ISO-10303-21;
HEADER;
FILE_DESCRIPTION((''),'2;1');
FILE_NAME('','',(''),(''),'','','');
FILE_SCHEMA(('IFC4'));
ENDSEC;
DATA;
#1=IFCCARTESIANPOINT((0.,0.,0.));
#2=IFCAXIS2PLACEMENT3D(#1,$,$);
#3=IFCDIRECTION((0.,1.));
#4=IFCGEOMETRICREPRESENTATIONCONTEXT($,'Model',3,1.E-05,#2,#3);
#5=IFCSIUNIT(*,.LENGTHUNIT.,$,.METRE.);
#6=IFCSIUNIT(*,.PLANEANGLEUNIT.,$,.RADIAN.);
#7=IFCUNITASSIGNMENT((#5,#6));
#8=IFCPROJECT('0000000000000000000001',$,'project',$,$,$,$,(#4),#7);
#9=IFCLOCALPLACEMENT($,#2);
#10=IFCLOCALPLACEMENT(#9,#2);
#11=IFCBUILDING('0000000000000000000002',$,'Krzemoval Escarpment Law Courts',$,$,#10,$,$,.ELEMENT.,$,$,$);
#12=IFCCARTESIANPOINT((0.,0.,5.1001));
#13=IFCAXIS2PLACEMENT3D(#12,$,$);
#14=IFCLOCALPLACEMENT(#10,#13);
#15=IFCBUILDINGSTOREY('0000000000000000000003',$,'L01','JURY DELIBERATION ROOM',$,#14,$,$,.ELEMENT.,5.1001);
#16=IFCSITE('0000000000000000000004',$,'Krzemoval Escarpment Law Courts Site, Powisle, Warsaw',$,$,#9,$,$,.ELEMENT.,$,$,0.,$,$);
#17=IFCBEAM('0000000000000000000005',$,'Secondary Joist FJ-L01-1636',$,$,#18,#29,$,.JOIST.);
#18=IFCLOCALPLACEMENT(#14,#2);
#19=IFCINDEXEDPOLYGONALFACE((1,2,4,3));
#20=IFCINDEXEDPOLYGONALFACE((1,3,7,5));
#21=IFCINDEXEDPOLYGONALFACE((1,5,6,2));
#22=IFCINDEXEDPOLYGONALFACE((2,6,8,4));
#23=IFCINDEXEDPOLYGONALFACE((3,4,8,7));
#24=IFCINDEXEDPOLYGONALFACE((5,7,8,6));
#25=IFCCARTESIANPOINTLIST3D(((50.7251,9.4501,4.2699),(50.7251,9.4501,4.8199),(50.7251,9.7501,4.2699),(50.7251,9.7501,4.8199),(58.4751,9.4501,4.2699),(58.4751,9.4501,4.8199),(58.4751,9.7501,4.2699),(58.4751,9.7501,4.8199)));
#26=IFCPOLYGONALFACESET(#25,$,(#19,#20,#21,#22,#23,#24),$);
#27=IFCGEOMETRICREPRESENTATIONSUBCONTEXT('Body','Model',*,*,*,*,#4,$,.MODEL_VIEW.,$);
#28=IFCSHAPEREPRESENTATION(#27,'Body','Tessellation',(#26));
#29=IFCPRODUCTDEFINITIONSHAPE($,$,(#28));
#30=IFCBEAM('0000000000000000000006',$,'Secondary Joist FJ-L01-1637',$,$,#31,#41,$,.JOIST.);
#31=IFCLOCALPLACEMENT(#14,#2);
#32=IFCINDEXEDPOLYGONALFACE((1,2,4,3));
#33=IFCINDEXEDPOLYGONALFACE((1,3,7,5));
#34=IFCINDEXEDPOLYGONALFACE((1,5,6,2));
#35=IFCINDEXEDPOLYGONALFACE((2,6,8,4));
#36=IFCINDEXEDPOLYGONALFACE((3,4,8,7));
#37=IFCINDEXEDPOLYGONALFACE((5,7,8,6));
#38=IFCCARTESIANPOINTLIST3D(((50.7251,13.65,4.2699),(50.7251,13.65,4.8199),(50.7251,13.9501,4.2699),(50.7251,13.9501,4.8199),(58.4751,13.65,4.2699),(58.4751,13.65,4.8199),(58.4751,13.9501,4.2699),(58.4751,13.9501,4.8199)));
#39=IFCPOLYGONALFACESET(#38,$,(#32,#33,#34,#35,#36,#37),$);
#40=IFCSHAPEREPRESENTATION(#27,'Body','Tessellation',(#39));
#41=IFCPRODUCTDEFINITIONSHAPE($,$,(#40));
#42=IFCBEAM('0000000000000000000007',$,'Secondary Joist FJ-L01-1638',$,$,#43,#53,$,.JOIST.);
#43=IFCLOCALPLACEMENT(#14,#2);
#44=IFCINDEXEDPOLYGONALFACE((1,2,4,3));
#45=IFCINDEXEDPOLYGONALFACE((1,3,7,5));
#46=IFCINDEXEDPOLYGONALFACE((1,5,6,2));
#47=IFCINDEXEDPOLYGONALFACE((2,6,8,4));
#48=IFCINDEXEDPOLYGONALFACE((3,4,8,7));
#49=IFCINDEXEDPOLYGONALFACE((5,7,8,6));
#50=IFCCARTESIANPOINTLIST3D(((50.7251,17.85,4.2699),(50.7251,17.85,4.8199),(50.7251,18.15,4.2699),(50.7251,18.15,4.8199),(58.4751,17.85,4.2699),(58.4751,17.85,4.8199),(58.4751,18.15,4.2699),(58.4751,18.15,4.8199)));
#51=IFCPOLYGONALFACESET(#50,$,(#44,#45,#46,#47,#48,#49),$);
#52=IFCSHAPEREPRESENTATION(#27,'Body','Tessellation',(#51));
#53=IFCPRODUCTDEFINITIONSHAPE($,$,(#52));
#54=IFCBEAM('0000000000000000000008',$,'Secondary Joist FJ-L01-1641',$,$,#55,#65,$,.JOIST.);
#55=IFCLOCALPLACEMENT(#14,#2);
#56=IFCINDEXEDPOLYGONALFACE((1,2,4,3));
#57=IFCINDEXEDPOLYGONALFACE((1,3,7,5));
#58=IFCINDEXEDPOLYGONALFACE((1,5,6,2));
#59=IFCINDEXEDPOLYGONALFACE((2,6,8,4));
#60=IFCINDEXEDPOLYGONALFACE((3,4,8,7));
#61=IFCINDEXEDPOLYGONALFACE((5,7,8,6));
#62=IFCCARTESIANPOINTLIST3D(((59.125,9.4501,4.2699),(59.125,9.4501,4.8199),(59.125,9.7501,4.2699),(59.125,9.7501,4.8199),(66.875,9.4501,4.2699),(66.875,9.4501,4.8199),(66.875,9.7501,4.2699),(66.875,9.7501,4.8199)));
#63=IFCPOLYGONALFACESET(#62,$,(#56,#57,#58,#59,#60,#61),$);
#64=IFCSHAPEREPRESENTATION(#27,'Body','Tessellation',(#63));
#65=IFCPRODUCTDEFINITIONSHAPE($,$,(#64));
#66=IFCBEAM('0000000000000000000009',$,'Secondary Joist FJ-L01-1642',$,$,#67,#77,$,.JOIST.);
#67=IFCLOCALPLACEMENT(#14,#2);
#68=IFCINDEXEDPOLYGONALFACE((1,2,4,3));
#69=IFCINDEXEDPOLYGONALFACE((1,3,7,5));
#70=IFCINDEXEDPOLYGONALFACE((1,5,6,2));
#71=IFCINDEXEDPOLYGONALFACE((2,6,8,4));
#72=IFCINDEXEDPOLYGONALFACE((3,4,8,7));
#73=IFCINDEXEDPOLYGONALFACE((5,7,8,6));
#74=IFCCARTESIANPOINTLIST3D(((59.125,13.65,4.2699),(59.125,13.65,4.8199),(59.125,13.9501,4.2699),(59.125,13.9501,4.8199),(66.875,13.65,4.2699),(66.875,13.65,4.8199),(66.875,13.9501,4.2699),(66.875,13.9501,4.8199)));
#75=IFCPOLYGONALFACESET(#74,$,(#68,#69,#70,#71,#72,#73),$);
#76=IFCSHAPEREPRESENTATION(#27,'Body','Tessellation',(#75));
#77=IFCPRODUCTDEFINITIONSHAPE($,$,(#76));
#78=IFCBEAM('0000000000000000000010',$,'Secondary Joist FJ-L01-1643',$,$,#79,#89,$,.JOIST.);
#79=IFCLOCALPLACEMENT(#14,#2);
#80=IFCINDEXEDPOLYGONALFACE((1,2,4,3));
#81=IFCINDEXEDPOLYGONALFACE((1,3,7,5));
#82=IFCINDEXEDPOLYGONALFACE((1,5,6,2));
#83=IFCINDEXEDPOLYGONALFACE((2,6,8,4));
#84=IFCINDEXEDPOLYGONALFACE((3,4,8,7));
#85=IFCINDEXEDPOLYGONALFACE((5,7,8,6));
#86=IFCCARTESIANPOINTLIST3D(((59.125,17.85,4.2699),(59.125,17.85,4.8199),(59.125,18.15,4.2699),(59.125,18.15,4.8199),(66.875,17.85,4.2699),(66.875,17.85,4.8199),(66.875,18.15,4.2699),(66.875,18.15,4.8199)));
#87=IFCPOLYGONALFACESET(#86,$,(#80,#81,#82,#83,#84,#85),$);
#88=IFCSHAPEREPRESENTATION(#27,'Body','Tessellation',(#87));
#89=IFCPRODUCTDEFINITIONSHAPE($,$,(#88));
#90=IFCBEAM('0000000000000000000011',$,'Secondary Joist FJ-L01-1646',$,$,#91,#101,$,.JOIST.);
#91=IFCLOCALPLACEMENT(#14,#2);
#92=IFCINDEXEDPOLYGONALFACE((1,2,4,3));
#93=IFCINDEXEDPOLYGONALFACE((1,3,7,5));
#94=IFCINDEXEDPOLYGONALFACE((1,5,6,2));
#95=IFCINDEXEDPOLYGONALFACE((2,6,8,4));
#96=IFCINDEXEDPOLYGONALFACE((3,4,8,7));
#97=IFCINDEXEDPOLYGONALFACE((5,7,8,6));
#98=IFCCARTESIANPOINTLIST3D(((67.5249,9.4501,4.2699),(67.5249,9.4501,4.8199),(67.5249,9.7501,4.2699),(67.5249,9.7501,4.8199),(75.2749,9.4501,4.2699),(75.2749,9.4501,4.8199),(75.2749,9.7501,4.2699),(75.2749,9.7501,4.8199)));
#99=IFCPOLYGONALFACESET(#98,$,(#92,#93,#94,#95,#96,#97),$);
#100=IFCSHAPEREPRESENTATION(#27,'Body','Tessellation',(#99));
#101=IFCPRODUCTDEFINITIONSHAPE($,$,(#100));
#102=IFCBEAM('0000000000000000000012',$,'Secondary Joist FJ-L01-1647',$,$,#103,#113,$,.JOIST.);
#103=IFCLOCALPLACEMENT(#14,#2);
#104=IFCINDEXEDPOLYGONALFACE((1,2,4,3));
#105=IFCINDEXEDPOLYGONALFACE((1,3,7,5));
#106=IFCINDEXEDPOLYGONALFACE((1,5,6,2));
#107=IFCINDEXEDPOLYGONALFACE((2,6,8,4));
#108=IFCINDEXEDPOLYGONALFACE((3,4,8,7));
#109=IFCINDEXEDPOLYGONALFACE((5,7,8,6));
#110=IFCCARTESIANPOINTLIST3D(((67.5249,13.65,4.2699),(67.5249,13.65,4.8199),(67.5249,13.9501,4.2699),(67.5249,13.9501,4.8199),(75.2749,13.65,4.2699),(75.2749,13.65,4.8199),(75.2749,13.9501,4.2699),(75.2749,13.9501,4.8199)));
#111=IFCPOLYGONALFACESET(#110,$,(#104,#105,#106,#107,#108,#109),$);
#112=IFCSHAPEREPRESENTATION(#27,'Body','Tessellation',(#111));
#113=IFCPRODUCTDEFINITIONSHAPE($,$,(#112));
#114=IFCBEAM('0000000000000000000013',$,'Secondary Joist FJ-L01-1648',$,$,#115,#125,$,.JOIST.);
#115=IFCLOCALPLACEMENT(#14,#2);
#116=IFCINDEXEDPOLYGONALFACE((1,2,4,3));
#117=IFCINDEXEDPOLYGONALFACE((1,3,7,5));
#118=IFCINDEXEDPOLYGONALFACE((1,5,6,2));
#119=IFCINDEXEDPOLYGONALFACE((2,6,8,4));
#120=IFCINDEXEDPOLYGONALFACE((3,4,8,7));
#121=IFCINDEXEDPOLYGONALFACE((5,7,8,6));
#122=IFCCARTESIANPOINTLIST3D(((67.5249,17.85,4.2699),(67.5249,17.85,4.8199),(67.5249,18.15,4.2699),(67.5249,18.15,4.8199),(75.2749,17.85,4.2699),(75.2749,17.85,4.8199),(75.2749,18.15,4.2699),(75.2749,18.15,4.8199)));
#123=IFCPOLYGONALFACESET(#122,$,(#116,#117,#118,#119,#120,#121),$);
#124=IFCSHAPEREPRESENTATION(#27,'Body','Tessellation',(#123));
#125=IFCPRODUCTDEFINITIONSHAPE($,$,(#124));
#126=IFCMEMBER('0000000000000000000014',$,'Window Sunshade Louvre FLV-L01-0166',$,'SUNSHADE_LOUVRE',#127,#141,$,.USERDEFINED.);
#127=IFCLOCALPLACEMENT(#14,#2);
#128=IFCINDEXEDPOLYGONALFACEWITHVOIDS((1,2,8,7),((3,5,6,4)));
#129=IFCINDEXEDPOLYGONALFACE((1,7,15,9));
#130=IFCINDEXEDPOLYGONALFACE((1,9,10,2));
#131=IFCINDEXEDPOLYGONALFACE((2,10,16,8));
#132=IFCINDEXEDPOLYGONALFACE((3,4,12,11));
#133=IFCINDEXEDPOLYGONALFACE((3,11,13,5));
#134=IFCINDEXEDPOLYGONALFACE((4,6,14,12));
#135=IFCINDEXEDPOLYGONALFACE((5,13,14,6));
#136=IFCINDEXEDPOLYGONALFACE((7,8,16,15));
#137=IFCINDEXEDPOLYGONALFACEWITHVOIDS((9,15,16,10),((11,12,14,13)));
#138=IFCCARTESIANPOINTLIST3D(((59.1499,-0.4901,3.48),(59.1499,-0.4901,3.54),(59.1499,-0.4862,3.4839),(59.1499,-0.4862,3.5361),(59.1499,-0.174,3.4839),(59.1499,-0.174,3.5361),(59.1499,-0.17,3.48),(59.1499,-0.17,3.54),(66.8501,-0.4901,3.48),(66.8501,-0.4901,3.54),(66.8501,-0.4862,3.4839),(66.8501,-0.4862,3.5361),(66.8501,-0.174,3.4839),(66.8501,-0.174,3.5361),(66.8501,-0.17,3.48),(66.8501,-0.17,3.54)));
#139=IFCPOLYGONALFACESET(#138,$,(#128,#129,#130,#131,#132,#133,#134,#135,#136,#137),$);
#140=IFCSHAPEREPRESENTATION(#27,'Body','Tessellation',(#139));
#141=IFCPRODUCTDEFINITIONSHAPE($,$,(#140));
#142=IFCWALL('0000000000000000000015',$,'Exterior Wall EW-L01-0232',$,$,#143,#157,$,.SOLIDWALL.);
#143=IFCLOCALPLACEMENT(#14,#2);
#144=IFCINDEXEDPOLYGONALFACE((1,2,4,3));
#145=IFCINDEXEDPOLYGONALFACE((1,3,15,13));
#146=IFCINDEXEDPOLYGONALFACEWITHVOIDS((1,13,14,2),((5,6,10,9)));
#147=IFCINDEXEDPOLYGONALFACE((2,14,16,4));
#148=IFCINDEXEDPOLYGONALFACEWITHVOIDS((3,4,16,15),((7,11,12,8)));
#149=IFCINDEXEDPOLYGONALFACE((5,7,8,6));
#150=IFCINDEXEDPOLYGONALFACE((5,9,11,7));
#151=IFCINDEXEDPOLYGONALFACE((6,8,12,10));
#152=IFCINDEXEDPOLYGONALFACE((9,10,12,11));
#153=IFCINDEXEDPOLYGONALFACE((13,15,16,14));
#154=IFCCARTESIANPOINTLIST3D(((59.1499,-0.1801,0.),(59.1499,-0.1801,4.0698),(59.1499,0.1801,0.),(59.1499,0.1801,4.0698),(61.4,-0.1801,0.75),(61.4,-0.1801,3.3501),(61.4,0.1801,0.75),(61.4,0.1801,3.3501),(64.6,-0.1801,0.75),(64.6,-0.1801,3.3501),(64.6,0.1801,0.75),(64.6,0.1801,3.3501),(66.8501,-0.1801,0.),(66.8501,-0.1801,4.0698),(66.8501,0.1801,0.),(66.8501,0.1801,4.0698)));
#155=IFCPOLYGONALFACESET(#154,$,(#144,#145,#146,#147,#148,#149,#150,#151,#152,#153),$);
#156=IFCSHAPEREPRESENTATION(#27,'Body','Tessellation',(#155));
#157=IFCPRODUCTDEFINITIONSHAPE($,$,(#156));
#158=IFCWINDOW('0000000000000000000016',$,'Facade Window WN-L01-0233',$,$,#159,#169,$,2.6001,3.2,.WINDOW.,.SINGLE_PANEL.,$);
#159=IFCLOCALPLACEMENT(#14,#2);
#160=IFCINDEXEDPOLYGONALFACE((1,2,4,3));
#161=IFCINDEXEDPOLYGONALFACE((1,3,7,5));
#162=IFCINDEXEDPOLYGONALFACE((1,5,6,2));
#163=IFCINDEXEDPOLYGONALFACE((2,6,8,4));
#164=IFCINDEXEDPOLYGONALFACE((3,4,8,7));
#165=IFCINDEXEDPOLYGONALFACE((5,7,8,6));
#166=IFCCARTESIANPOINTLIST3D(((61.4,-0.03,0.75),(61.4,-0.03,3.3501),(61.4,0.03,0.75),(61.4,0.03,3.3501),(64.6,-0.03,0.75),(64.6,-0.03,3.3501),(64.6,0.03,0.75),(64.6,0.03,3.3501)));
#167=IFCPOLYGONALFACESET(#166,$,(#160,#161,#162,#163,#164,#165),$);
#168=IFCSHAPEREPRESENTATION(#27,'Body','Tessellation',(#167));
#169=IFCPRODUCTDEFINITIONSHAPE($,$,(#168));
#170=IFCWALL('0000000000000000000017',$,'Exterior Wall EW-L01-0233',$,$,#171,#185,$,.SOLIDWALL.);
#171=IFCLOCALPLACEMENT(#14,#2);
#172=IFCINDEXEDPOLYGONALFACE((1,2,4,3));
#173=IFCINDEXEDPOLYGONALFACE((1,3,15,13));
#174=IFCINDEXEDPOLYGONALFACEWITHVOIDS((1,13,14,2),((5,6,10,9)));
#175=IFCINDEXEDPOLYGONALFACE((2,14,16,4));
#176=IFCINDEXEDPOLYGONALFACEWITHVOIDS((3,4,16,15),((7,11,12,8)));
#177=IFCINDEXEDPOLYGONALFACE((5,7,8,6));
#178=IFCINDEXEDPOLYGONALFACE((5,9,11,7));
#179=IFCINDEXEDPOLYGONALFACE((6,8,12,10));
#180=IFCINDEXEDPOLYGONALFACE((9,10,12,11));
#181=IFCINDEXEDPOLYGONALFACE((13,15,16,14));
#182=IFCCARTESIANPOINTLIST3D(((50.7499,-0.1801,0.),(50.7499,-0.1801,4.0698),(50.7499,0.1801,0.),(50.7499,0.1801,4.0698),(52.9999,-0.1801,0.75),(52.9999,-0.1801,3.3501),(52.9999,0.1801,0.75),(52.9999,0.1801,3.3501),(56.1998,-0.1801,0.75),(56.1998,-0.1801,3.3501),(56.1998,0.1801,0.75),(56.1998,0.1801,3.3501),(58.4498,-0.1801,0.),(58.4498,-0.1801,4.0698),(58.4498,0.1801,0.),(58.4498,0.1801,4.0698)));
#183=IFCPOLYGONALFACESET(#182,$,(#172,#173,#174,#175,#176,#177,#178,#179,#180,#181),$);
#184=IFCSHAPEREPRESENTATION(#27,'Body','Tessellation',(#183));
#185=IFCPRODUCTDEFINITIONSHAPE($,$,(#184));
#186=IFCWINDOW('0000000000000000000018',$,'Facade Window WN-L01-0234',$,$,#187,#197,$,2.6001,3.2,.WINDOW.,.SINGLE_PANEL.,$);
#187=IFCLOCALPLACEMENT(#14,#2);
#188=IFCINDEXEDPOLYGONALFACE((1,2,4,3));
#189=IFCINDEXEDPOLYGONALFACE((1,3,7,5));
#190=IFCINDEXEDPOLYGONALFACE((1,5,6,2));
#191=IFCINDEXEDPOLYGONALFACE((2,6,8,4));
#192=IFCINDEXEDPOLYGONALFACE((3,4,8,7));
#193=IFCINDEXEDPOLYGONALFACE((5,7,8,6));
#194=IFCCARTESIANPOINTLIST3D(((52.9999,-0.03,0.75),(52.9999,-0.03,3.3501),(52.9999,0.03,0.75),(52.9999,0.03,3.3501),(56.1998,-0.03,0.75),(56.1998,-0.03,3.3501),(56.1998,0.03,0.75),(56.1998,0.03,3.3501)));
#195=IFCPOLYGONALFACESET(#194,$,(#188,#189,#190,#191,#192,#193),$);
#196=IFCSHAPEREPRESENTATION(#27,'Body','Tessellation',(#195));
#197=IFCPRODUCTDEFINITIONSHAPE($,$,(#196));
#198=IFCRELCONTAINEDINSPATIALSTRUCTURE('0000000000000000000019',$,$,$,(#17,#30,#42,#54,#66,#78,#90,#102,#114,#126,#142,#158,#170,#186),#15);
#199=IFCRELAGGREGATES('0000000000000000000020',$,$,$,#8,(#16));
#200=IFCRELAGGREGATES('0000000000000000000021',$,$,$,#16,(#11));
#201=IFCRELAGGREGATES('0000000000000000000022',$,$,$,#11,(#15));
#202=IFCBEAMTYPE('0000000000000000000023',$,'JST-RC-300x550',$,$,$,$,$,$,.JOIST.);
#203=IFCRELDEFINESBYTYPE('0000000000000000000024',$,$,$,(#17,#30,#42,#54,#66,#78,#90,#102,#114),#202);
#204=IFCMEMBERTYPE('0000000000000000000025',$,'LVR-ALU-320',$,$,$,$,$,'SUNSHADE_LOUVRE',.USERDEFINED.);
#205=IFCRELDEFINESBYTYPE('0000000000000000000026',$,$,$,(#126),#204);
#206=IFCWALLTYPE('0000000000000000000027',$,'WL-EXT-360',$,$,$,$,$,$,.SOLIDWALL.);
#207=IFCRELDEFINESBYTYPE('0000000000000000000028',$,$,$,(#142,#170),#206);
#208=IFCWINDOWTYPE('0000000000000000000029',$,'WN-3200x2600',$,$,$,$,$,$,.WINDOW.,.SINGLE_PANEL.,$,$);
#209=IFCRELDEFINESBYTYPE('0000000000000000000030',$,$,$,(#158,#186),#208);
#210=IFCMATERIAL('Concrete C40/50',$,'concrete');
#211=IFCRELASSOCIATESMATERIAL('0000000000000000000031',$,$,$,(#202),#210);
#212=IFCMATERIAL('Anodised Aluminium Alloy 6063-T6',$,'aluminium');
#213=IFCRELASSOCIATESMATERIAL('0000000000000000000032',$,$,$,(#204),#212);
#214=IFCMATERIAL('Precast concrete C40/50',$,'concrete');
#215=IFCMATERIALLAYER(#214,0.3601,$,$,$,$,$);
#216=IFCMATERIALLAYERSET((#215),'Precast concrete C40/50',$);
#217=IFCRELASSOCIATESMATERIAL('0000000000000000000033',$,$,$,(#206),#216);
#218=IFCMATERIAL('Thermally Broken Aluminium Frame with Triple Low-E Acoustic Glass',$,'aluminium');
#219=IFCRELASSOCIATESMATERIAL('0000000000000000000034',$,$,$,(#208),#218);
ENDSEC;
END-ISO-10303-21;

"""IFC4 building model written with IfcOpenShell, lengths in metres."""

from ifc_helpers import new_model, si_unit, direction, frame, frame_2d, origin, origin_2d, place, context, subcontext, project, spatial, rectangle, hollow_rectangle, extrude, material, layer, layer_set, material_profile, profile_set, type_object, element, fill, save


model = new_model("IFC4")

# Units and contexts
model_context = context("Model", 3, precision=1e-05, world=origin(), true_north=direction((0.0, 1.0)))
body_context = subcontext(model_context, "Body", "Model", "MODEL_VIEW")
ifc_project = project(units=[si_unit("LENGTHUNIT", "METRE"), si_unit("PLANEANGLEUNIT", "RADIAN")], contexts=[model_context])

# Site, building, storey
site_placement = place(None, origin())
site = spatial("IfcSite", under=ifc_project, at=site_placement, Name="Krzemoval Escarpment Law Courts Site, Powisle, Warsaw", CompositionType="ELEMENT", RefElevation=0.0)
building_placement = place(site_placement, origin())
building = spatial("IfcBuilding", under=site, at=building_placement, Name="Krzemoval Escarpment Law Courts", CompositionType="ELEMENT")
storey_placement = place(building_placement, frame((0.0, 0.0, 5.1001)))
storey = spatial("IfcBuildingStorey", under=building, at=storey_placement, Name="L01", Description="JURY DELIBERATION ROOM", CompositionType="ELEMENT", Elevation=5.1001)

# Beams
ifc_material_1 = material(Name="Concrete C40/50", Category="concrete")
ifc_material_profile_1 = material_profile(ifc_material_1, rectangle(XDim=0.3, YDim=0.55, at=origin_2d()), Name="RCB 300x550")
ifc_profile_set_1 = profile_set([ifc_material_profile_1], Name="Concrete C40/50")
beam_type_1 = type_object("IfcBeamType", Name="JST-RC-300x550", PredefinedType="JOIST", material=ifc_profile_set_1)
for number, where, z_axis, x_axis, name in (
    (1, (50.7251, 9.6001, 4.5449), (1.0, 0.0, 0.0), (0.0, 1.0, 0.0), "Secondary Joist FJ-L01-1636"),
    (2, (50.7251, 13.8, 4.5449), (1.0, 0.0, 0.0), (0.0, 1.0, 0.0), "Secondary Joist FJ-L01-1637"),
    (3, (50.7251, 18.0, 4.5449), (1.0, 0.0, 0.0), (0.0, 1.0, 0.0), "Secondary Joist FJ-L01-1638"),
    (4, (59.125, 9.6001, 4.5449), (1.0, 0.0, 0.0), (0.0, 1.0, 0.0), "Secondary Joist FJ-L01-1641"),
    (5, (59.125, 13.8, 4.5449), (1.0, 0.0, 0.0), (0.0, 1.0, 0.0), "Secondary Joist FJ-L01-1642"),
    (6, (59.125, 18.0, 4.5449), (1.0, 0.0, 0.0), (0.0, 1.0, 0.0), "Secondary Joist FJ-L01-1643"),
    (7, (67.5249, 9.6001, 4.5449), (1.0, 0.0, 0.0), (0.0, 1.0, 0.0), "Secondary Joist FJ-L01-1646"),
    (8, (67.5249, 13.8, 4.5449), (1.0, 0.0, 0.0), (0.0, 1.0, 0.0), "Secondary Joist FJ-L01-1647"),
    (9, (67.5249, 18.0, 4.5449), (1.0, 0.0, 0.0), (0.0, 1.0, 0.0), "Secondary Joist FJ-L01-1648"),
):
    element("IfcBeam", number, at=place(storey_placement, frame(where, z_axis=z_axis, x_axis=x_axis)), inside=storey, type_object=beam_type_1, Name=name, PredefinedType="JOIST", context=body_context, shape_type="SweptSolid", body=[
        extrude(rectangle(XDim=0.3, YDim=0.55, at=origin_2d()), origin(), (0.0, 0.0, 1.0), 7.75),
    ])

# Member
ifc_material_2 = material(Name="Anodised Aluminium Alloy 6063-T6", Category="aluminium")
ifc_material_profile_2 = material_profile(ifc_material_2, hollow_rectangle(XDim=0.0601, YDim=0.3201, WallThickness=0.0039, at=origin_2d()), Name="ALU LVR 60x320")
ifc_profile_set_2 = profile_set([ifc_material_profile_2], Name="Anodised Aluminium Alloy 6063-T6")
member_type = type_object("IfcMemberType", Name="LVR-ALU-320", ElementType="SUNSHADE_LOUVRE", PredefinedType="USERDEFINED", material=ifc_profile_set_2)
member_placement = place(storey_placement, frame((66.8501, -0.3301, 3.51), z_axis=(-1.0, 0.0, 0.0), x_axis=(0.0, 0.0, 1.0)))
element("IfcMember", 10, at=member_placement, inside=storey, type_object=member_type, Name="Window Sunshade Louvre FLV-L01-0166", ObjectType="SUNSHADE_LOUVRE", PredefinedType="USERDEFINED", context=body_context, shape_type="SweptSolid", body=[
    extrude(hollow_rectangle(XDim=0.0601, YDim=0.3201, WallThickness=0.0039, at=origin_2d()), origin(), (0.0, 0.0, 1.0), 7.7002),
])

# Walls, openings, windows
ifc_material_3 = material(Name="Precast concrete C40/50", Category="concrete")
ifc_layer_1 = layer(ifc_material_3, 0.3601)
ifc_layer_set_1 = layer_set([ifc_layer_1], Name="Precast concrete C40/50")
wall_type_1 = type_object("IfcWallType", Name="WL-EXT-360", PredefinedType="SOLIDWALL", material=ifc_layer_set_1)
wall_1_placement = place(storey_placement, frame((66.8501, 0.0, 0.0), z_axis=(0.0, 0.0, 1.0), x_axis=(-1.0, 0.0, 0.0)))
wall_1 = element("IfcWall", 11, at=wall_1_placement, inside=storey, type_object=wall_type_1, Name="Exterior Wall EW-L01-0232", PredefinedType="SOLIDWALL", context=body_context, shape_type="SweptSolid", body=[
    extrude(rectangle(XDim=7.7002, YDim=0.3601, at=frame_2d((3.8501, 0.0))), origin(), (0.0, 0.0, 1.0), 4.0698),
])
opening_1_placement = place(wall_1_placement, frame((2.25, 0.0, 0.75)))
opening_1 = element("IfcOpeningElement", 12, at=opening_1_placement, cuts=wall_1, PredefinedType="OPENING", context=body_context, shape_type="SweptSolid", body=[
    extrude(rectangle(XDim=3.2, YDim=2.6001, at=frame_2d((1.6001, 1.3))), frame((0.0, 0.1951, 0.0), z_axis=(0.0, -1.0, 0.0), x_axis=(1.0, 0.0, 0.0)), (0.0, 0.0, 1.0), 0.3901),
])
ifc_material_4 = material(Name="Thermally Broken Aluminium Frame with Triple Low-E Acoustic Glass", Category="aluminium")
window_type = type_object("IfcWindowType", Name="WN-3200x2600", PartitioningType="SINGLE_PANEL", PredefinedType="WINDOW", material=ifc_material_4)
window_1_placement = place(opening_1_placement, origin())
window_1 = element("IfcWindow", 13, at=window_1_placement, inside=storey, type_object=window_type, Name="Facade Window WN-L01-0233", OverallHeight=2.6001, OverallWidth=3.2, PartitioningType="SINGLE_PANEL", PredefinedType="WINDOW", context=body_context, shape_type="SweptSolid", body=[
    extrude(rectangle(XDim=3.2, YDim=2.6001, at=frame_2d((1.6001, 1.3))), frame((0.0, 0.03, 0.0), z_axis=(0.0, -1.0, 0.0), x_axis=(1.0, 0.0, 0.0)), (0.0, 0.0, 1.0), 0.0601),
])
fill(opening_1, window_1)
wall_2_placement = place(storey_placement, frame((58.45, 0.0, 0.0), z_axis=(0.0, 0.0, 1.0), x_axis=(-1.0, 0.0, 0.0)))
wall_2 = element("IfcWall", 14, at=wall_2_placement, inside=storey, type_object=wall_type_1, Name="Exterior Wall EW-L01-0233", PredefinedType="SOLIDWALL", context=body_context, shape_type="SweptSolid", body=[
    extrude(rectangle(XDim=7.7, YDim=0.3601, at=frame_2d((3.8501, 0.0))), origin(), (0.0, 0.0, 1.0), 4.0698),
])
opening_2_placement = place(wall_2_placement, frame((2.25, 0.0, 0.75)))
opening_2 = element("IfcOpeningElement", 15, at=opening_2_placement, cuts=wall_2, PredefinedType="OPENING", context=body_context, shape_type="SweptSolid", body=[
    extrude(rectangle(XDim=3.2, YDim=2.6001, at=frame_2d((1.6001, 1.3))), frame((0.0, 0.1951, 0.0), z_axis=(0.0, -1.0, 0.0), x_axis=(1.0, 0.0, 0.0)), (0.0, 0.0, 1.0), 0.3901),
])
window_2_placement = place(opening_2_placement, origin())
window_2 = element("IfcWindow", 16, at=window_2_placement, inside=storey, type_object=window_type, Name="Facade Window WN-L01-0234", OverallHeight=2.6001, OverallWidth=3.2, PartitioningType="SINGLE_PANEL", PredefinedType="WINDOW", context=body_context, shape_type="SweptSolid", body=[
    extrude(rectangle(XDim=3.2, YDim=2.6001, at=frame_2d((1.6001, 1.3))), frame((0.0, 0.03, 0.0), z_axis=(0.0, -1.0, 0.0), x_axis=(1.0, 0.0, 0.0)), (0.0, 0.0, 1.0), 0.0601),
])
fill(opening_2, window_2)

save(model, "model.ifc")
